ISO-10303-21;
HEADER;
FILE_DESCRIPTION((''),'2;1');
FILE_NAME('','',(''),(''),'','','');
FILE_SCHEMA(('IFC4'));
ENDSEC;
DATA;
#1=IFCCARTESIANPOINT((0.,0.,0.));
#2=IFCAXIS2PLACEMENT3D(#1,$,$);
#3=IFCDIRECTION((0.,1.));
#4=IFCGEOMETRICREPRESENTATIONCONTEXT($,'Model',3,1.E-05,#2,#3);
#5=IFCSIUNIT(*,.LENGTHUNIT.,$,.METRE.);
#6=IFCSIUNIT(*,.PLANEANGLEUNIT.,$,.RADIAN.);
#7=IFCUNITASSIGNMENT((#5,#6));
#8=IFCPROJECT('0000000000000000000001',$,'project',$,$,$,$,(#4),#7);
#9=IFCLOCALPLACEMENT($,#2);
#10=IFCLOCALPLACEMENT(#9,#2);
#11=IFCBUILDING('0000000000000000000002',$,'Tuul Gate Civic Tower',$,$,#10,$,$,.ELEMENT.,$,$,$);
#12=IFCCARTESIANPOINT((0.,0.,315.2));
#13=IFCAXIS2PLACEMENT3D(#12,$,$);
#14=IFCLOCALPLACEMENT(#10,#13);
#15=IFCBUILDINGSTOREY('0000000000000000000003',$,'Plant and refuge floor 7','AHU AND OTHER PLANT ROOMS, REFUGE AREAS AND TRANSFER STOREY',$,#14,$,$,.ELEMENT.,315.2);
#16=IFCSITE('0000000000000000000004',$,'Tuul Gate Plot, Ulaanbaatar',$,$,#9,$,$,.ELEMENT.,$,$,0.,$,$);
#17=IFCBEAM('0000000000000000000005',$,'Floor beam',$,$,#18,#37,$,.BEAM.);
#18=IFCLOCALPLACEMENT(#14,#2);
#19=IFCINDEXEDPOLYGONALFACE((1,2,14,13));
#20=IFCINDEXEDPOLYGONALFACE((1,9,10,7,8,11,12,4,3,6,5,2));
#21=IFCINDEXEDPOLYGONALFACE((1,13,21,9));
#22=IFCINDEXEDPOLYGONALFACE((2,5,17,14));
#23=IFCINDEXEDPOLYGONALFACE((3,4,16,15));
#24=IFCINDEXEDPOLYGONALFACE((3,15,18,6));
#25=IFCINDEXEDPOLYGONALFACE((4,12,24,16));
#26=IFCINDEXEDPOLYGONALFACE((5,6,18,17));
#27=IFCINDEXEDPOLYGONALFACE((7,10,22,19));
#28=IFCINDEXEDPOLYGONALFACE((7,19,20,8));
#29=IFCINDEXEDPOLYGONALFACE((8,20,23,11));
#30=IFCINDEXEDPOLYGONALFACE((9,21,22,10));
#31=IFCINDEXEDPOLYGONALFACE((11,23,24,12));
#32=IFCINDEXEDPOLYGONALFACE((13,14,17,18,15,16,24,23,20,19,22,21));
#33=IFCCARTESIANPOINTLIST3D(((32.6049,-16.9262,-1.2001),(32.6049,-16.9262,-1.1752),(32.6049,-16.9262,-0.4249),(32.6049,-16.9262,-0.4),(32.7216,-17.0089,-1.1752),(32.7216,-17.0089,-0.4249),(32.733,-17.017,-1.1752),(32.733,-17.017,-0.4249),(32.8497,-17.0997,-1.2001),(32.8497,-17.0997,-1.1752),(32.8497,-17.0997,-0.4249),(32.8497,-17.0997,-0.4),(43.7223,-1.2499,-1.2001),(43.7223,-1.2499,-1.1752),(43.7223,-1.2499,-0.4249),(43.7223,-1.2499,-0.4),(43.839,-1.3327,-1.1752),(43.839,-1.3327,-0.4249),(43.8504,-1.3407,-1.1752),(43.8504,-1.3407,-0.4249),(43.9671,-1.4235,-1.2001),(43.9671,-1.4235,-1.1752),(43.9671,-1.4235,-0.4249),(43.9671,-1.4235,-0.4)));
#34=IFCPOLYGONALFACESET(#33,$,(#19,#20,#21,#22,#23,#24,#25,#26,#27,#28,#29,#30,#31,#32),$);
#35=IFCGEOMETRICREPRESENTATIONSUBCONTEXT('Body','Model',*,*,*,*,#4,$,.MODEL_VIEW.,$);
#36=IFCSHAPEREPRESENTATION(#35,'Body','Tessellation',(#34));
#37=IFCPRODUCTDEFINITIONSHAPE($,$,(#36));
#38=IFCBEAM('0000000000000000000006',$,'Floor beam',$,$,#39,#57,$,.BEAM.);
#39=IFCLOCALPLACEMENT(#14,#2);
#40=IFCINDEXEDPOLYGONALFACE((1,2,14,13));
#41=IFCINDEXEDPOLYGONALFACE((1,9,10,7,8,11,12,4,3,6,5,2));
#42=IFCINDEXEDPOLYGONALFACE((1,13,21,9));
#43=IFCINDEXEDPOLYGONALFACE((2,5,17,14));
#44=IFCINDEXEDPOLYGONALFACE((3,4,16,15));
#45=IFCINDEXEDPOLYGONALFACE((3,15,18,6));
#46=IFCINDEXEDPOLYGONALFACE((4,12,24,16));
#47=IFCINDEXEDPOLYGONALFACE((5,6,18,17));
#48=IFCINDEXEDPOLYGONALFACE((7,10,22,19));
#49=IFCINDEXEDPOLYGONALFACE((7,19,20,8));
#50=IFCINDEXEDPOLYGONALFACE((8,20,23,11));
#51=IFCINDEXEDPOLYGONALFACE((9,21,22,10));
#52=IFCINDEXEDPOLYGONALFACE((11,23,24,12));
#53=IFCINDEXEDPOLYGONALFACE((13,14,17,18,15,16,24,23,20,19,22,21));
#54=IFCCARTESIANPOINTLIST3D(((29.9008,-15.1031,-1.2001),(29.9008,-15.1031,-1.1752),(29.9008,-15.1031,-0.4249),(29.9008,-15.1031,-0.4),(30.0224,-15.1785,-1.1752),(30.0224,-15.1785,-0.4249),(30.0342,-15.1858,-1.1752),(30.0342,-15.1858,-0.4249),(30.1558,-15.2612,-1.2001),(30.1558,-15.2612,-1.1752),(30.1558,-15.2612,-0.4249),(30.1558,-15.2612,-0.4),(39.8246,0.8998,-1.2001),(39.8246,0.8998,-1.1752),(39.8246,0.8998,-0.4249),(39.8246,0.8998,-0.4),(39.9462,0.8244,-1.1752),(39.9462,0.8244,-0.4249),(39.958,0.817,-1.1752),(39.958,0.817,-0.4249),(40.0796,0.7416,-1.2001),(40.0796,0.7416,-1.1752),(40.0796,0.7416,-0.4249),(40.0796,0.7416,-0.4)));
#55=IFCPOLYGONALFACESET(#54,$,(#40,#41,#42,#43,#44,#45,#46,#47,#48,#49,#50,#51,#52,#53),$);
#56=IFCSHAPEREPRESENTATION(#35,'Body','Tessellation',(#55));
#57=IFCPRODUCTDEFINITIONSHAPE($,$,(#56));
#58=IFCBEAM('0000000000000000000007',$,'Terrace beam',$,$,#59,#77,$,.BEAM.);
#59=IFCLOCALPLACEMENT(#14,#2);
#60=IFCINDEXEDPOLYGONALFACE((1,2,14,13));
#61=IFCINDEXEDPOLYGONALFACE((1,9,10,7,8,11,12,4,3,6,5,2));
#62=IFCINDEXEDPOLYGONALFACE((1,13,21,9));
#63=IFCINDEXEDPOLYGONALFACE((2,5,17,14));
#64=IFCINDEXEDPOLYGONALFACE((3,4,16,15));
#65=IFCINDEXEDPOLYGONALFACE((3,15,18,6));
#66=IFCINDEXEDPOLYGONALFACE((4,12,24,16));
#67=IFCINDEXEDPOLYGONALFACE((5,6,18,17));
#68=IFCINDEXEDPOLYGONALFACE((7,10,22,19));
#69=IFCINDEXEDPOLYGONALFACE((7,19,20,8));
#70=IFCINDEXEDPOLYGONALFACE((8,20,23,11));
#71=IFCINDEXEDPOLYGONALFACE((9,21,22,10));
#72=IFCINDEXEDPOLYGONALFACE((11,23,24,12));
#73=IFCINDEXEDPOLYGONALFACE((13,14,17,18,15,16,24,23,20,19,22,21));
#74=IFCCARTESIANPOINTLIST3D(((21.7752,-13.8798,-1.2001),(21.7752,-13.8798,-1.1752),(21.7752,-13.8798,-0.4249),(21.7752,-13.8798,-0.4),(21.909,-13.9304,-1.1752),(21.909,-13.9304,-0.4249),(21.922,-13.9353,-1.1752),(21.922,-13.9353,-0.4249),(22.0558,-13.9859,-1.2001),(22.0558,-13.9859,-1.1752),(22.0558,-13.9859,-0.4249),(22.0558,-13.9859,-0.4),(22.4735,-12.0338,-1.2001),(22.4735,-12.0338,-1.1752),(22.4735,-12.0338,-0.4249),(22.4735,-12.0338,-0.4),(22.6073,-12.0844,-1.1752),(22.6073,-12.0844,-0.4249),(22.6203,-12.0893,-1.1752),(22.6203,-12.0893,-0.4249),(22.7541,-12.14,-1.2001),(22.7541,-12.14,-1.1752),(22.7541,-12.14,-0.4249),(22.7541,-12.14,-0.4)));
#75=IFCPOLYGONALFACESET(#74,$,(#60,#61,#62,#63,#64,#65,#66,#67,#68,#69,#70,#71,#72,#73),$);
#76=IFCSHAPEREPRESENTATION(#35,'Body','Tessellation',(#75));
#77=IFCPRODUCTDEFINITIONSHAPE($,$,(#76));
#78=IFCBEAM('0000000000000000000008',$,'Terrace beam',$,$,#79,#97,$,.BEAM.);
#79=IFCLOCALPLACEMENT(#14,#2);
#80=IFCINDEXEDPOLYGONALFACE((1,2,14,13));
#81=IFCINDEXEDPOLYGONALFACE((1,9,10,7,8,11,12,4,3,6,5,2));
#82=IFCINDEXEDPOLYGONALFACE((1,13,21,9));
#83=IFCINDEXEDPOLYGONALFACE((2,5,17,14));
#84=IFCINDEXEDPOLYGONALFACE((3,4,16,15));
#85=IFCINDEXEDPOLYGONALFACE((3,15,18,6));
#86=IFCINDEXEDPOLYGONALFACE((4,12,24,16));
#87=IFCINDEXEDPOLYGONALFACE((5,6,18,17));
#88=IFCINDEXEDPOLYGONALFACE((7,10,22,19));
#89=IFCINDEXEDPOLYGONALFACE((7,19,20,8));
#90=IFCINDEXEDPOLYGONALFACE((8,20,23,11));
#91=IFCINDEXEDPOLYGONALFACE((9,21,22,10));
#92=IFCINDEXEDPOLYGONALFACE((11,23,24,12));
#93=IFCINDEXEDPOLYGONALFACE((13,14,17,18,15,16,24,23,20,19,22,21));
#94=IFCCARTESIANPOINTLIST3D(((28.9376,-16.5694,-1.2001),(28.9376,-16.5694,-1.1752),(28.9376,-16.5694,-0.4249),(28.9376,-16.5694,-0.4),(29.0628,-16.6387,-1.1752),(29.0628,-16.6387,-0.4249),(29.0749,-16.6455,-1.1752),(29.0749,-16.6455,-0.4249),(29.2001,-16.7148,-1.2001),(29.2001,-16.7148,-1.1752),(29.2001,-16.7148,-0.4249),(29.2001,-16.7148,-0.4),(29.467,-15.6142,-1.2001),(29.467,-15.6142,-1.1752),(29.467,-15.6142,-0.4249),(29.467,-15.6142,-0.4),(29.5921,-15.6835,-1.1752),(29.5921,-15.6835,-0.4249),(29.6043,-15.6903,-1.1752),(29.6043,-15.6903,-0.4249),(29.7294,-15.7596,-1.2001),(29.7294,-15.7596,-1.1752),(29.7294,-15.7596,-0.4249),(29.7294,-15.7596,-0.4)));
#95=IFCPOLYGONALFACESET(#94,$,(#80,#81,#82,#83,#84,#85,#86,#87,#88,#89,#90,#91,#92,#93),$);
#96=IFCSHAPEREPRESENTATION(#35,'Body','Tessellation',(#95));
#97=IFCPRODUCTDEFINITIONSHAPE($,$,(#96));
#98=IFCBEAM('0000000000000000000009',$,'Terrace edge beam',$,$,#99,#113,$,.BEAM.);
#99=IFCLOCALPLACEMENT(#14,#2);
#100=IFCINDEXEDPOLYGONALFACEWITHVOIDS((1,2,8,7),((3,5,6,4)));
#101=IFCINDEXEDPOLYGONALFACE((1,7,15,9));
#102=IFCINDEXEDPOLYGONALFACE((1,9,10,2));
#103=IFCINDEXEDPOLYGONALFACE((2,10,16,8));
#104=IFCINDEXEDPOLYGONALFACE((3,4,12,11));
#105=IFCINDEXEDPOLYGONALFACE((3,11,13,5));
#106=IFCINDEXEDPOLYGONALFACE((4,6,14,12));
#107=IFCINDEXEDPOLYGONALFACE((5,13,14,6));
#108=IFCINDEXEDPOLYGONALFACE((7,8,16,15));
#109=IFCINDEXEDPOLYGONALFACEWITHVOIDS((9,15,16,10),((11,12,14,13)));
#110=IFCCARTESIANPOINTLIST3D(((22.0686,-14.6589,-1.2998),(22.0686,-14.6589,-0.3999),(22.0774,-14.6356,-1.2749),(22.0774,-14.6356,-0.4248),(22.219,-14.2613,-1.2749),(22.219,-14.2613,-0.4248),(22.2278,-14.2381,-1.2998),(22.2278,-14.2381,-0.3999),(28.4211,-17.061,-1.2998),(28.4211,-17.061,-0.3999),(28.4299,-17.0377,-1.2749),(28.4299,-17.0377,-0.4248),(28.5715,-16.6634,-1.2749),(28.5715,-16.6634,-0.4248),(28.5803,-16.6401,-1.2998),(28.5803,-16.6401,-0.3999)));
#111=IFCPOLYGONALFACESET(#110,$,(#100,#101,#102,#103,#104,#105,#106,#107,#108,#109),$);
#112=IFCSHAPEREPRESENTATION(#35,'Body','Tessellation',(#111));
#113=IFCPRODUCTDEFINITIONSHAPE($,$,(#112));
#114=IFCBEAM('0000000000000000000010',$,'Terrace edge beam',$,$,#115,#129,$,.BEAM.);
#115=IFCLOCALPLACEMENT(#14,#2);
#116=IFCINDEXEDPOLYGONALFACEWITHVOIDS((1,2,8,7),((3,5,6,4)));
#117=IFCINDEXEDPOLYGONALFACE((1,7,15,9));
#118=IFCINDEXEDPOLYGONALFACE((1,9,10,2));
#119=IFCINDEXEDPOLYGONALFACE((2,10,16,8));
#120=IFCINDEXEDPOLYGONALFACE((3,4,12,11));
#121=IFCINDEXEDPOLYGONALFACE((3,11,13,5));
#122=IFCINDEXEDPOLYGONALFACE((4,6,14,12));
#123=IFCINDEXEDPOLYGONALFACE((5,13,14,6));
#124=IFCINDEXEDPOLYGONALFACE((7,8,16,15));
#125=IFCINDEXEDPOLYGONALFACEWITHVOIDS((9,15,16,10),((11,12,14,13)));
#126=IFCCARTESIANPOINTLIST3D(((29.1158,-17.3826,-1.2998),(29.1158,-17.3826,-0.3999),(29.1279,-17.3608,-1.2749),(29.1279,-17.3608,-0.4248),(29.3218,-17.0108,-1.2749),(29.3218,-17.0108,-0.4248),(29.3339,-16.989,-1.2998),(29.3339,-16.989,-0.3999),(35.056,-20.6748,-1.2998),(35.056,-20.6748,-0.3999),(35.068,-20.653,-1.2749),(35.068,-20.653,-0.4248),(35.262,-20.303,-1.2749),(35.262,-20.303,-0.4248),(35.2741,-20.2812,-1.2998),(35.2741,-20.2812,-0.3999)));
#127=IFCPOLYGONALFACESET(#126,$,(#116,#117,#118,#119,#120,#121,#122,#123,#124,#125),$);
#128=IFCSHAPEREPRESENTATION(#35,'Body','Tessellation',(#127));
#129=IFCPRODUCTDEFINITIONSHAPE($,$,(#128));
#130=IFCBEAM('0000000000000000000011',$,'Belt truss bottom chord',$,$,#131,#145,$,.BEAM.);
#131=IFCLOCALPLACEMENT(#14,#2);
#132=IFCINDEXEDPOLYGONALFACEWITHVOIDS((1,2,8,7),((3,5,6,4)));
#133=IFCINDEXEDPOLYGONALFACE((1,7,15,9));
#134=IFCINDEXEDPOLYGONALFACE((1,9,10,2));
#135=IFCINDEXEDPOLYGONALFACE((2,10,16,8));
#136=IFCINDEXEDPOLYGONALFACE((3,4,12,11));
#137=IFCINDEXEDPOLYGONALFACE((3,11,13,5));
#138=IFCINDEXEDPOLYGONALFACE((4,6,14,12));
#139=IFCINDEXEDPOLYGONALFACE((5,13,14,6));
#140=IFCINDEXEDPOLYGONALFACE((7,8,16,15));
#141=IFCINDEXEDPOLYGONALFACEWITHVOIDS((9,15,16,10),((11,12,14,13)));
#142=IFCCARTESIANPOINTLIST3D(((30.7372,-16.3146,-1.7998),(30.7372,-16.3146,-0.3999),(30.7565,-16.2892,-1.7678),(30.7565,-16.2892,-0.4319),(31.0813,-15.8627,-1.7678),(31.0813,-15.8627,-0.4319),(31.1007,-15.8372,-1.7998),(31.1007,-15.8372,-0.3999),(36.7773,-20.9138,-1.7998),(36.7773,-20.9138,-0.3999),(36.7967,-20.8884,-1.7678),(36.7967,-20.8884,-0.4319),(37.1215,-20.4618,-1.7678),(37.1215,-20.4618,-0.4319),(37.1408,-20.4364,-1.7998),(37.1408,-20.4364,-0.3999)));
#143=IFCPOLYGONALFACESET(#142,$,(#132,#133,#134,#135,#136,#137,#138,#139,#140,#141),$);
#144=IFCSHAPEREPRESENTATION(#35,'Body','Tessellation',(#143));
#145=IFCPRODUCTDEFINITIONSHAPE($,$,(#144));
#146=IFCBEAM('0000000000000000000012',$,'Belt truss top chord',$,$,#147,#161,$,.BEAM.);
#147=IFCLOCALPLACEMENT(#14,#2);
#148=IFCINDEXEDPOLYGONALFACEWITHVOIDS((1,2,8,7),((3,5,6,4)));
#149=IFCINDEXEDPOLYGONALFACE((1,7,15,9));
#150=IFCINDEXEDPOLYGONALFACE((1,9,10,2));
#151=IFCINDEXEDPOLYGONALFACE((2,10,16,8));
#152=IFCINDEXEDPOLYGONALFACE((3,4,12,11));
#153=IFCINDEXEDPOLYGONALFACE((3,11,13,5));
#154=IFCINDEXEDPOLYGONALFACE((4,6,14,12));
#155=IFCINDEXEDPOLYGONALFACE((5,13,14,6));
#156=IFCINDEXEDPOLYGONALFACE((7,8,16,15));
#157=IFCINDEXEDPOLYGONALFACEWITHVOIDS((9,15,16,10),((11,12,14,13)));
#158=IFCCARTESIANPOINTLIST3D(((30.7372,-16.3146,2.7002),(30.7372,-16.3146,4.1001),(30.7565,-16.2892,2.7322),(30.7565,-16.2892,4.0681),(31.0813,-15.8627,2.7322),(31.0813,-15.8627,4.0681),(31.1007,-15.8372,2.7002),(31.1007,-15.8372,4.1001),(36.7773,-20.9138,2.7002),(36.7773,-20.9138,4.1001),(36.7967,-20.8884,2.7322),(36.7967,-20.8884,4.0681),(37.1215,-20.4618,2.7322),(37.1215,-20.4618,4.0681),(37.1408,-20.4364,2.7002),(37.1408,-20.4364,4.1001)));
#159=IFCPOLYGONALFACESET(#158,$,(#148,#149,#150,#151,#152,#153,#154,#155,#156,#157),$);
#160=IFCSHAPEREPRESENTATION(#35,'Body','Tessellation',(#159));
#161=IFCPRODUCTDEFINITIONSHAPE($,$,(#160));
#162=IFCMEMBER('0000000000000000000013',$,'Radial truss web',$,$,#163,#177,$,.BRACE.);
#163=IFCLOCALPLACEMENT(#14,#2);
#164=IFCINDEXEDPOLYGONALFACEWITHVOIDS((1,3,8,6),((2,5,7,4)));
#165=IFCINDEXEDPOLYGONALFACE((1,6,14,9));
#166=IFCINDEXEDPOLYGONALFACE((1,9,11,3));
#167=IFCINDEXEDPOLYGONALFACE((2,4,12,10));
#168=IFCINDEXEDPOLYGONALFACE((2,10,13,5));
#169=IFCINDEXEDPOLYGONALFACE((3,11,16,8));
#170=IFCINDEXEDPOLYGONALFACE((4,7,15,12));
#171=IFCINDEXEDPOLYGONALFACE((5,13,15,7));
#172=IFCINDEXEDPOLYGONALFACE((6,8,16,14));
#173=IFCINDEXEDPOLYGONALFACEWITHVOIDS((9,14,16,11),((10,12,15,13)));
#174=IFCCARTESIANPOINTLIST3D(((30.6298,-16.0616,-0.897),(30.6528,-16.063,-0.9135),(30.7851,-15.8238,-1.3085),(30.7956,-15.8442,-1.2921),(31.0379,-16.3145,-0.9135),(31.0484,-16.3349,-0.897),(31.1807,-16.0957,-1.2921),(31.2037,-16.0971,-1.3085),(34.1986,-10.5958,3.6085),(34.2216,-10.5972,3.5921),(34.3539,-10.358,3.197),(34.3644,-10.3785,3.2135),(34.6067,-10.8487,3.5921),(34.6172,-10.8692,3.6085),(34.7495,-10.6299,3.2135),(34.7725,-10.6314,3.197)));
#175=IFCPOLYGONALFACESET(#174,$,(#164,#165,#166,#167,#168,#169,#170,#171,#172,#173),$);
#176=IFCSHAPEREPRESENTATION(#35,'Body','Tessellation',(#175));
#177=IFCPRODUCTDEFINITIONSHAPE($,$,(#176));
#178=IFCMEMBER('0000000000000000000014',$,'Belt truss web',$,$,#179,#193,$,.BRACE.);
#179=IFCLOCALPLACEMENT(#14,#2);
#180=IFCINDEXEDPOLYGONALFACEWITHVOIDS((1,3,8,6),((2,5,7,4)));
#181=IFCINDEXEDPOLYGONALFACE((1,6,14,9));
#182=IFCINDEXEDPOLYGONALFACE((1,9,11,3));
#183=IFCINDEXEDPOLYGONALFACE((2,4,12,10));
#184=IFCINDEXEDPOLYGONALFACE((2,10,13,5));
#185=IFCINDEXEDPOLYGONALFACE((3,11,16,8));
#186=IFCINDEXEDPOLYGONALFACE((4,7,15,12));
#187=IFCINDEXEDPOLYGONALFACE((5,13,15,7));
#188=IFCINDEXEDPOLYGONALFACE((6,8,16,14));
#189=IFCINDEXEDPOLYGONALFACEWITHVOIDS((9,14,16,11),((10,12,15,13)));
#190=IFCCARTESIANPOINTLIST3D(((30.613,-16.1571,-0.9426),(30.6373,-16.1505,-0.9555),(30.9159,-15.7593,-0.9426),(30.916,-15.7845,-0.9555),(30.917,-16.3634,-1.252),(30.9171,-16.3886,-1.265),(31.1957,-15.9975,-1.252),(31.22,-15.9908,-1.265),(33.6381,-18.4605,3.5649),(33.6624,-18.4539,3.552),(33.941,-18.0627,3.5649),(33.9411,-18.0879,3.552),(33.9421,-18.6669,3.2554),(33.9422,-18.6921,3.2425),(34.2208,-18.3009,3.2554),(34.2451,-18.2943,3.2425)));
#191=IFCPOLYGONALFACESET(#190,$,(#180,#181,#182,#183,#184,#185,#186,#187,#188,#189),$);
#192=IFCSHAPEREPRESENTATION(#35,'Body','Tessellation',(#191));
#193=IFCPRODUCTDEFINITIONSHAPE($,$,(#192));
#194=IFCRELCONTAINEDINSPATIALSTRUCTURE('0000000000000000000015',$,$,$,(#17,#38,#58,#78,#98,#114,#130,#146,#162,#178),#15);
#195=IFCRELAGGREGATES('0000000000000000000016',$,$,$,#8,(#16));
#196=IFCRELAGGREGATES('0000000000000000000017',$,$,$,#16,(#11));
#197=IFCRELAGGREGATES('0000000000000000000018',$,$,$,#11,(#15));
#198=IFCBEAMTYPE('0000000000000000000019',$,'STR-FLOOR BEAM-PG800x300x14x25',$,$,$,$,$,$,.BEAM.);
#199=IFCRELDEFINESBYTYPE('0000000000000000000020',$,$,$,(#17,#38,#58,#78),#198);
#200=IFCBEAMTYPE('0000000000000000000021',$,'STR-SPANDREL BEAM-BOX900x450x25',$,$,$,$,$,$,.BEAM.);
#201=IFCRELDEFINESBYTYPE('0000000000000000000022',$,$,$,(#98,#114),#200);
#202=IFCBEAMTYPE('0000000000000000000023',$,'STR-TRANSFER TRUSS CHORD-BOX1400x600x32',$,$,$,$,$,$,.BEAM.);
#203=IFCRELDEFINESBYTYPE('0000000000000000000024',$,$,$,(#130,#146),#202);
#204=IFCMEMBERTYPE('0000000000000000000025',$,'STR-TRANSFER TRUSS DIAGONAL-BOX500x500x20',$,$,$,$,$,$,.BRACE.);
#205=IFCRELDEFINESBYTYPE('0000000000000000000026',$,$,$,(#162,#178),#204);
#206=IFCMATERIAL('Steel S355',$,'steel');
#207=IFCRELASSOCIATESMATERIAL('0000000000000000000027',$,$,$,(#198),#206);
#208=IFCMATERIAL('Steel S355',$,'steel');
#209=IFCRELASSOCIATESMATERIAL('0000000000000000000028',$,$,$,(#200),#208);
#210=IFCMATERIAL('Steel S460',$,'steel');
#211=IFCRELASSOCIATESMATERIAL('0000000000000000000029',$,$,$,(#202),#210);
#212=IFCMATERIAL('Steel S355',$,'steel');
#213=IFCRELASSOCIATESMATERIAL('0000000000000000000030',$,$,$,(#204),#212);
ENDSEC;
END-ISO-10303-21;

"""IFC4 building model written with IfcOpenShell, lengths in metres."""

from ifc_helpers import new_model, si_unit, direction, frame, origin, origin_2d, place, context, subcontext, project, spatial, hollow_rectangle, i_section, extrude, material, material_profile, profile_set, type_object, element, save


model = new_model("IFC4")

# Units and contexts
model_context = context("Model", 3, precision=1e-05, world=origin(), true_north=direction((0.0, 1.0)))
body_context = subcontext(model_context, "Body", "Model", "MODEL_VIEW")
ifc_project = project(units=[si_unit("LENGTHUNIT", "METRE"), si_unit("PLANEANGLEUNIT", "RADIAN")], contexts=[model_context])

# Site, building, storey
site_placement = place(None, origin())
site = spatial("IfcSite", under=ifc_project, at=site_placement, Name="Tuul Gate Plot, Ulaanbaatar", CompositionType="ELEMENT", RefElevation=0.0)
building_placement = place(site_placement, origin())
building = spatial("IfcBuilding", under=site, at=building_placement, Name="Tuul Gate Civic Tower", CompositionType="ELEMENT")
storey_placement = place(building_placement, frame((0.0, 0.0, 315.2)))
storey = spatial("IfcBuildingStorey", under=building, at=storey_placement, Name="Plant and refuge floor 7", Description="AHU AND OTHER PLANT ROOMS, REFUGE AREAS AND TRANSFER STOREY", CompositionType="ELEMENT", Elevation=315.2)

# Beams
ifc_material_1 = material(Name="Steel S355", Category="steel")
ifc_material_profile_1 = material_profile(ifc_material_1, i_section(OverallWidth=0.3, OverallDepth=0.8, WebThickness=0.0139, FlangeThickness=0.0249, at=origin_2d()), Name="PG800x300x14x25")
ifc_profile_set_1 = profile_set([ifc_material_profile_1], Name="Steel S355")
beam_type_1 = type_object("IfcBeamType", Name="STR-FLOOR BEAM-PG800x300x14x25", PredefinedType="BEAM", material=ifc_profile_set_1)
beam_1_placement = place(storey_placement, frame((32.7273, -17.0129, -0.8), z_axis=(0.578482, 0.815695, 0.0), x_axis=(-0.815695, 0.578482, 0.0)))
element("IfcBeam", 1, at=beam_1_placement, inside=storey, type_object=beam_type_1, Name="Floor beam", PredefinedType="BEAM", context=body_context, shape_type="SweptSolid", body=[
    extrude(i_section(OverallWidth=0.3, OverallDepth=0.8, WebThickness=0.0139, FlangeThickness=0.0249, at=origin_2d()), origin(), (0.0, 0.0, 1.0), 19.2183),
])
beam_2_placement = place(storey_placement, frame((30.0283, -15.1821, -0.8), z_axis=(0.527017, 0.849855, 0.0), x_axis=(-0.849855, 0.527017, 0.0)))
element("IfcBeam", 2, at=beam_2_placement, inside=storey, type_object=beam_type_1, Name="Floor beam", PredefinedType="BEAM", context=body_context, shape_type="SweptSolid", body=[
    extrude(i_section(OverallWidth=0.3, OverallDepth=0.8, WebThickness=0.0139, FlangeThickness=0.0249, at=origin_2d()), origin(), (0.0, 0.0, 1.0), 18.8301),
])
beam_3_placement = place(storey_placement, frame((21.9155, -13.9329, -0.8), z_axis=(0.353793, 0.935324, 0.0), x_axis=(-0.935324, 0.353793, 0.0)))
element("IfcBeam", 3, at=beam_3_placement, inside=storey, type_object=beam_type_1, Name="Terrace beam", PredefinedType="BEAM", context=body_context, shape_type="SweptSolid", body=[
    extrude(i_section(OverallWidth=0.3, OverallDepth=0.8, WebThickness=0.0139, FlangeThickness=0.0249, at=origin_2d()), origin(), (0.0, 0.0, 1.0), 1.9736),
])
beam_4_placement = place(storey_placement, frame((29.0688, -16.6421, -0.8), z_axis=(0.484731, 0.874663, 0.0), x_axis=(-0.874663, 0.484731, 0.0)))
element("IfcBeam", 4, at=beam_4_placement, inside=storey, type_object=beam_type_1, Name="Terrace beam", PredefinedType="BEAM", context=body_context, shape_type="SweptSolid", body=[
    extrude(i_section(OverallWidth=0.3, OverallDepth=0.8, WebThickness=0.0139, FlangeThickness=0.0249, at=origin_2d()), origin(), (0.0, 0.0, 1.0), 1.092),
])
ifc_material_2 = material(Name="Steel S355", Category="steel")
ifc_material_profile_2 = material_profile(ifc_material_2, hollow_rectangle(XDim=0.45, YDim=0.8999, WallThickness=0.0249, at=origin_2d()), Name="BOX900x450x25")
ifc_profile_set_2 = profile_set([ifc_material_profile_2], Name="Steel S355")
beam_type_2 = type_object("IfcBeamType", Name="STR-SPANDREL BEAM-BOX900x450x25", PredefinedType="BEAM", material=ifc_profile_set_2)
for number, where, z_axis, x_axis, name in (
    (5, (22.1482, -14.4485, -0.8499), (0.935362, -0.353691, 0.0), (0.353691, 0.935362, 0.0), "Terrace edge beam"),
    (6, (29.2249, -17.1858, -0.8499), (0.874649, -0.484758, 0.0), (0.484758, 0.874649, 0.0), "Terrace edge beam"),
):
    element("IfcBeam", number, at=place(storey_placement, frame(where, z_axis=z_axis, x_axis=x_axis)), inside=storey, type_object=beam_type_2, Name=name, PredefinedType="BEAM", context=body_context, shape_type="SweptSolid", body=[
        extrude(hollow_rectangle(XDim=0.45, YDim=0.8999, WallThickness=0.0249, at=origin_2d()), origin(), (0.0, 0.0, 1.0), 6.7915),
    ])
ifc_material_3 = material(Name="Steel S460", Category="steel")
ifc_material_profile_3 = material_profile(ifc_material_3, hollow_rectangle(XDim=0.6001, YDim=1.3999, WallThickness=0.032, at=origin_2d()), Name="BOX1400x600x32")
ifc_profile_set_3 = profile_set([ifc_material_profile_3], Name="Steel S460")
beam_type_3 = type_object("IfcBeamType", Name="STR-TRANSFER TRUSS CHORD-BOX1400x600x32", PredefinedType="BEAM", material=ifc_profile_set_3)
for number, where, z_axis, x_axis, name in (
    (7, (30.9189, -16.0759, -1.0999), (0.79561, -0.605809, 0.0), (0.605809, 0.79561, 0.0), "Belt truss bottom chord"),
    (8, (30.9189, -16.0759, 3.4001), (0.79561, -0.605809, 0.0), (0.605809, 0.79561, 0.0), "Belt truss top chord"),
):
    element("IfcBeam", number, at=place(storey_placement, frame(where, z_axis=z_axis, x_axis=x_axis)), inside=storey, type_object=beam_type_3, Name=name, PredefinedType="BEAM", context=body_context, shape_type="SweptSolid", body=[
        extrude(hollow_rectangle(XDim=0.6001, YDim=1.3999, WallThickness=0.032, at=origin_2d()), origin(), (0.0, 0.0, 1.0), 7.5918),
    ])

# Members
ifc_material_4 = material(Name="Steel S355", Category="steel")
ifc_material_profile_4 = material_profile(ifc_material_4, hollow_rectangle(XDim=0.5, YDim=0.5, WallThickness=0.02, at=origin_2d()), Name="BOX500x500x20")
ifc_profile_set_4 = profile_set([ifc_material_profile_4], Name="Steel S355")
member_type_1 = type_object("IfcMemberType", Name="STR-TRANSFER TRUSS DIAGONAL-BOX500x500x20", PredefinedType="BRACE", material=ifc_profile_set_4)
member_1_placement = place(storey_placement, frame((30.9167, -16.0793, -1.1028), z_axis=(0.449945, 0.689108, 0.568049), x_axis=(-0.837317, 0.546717, 0.0)))
element("IfcMember", 9, at=member_1_placement, inside=storey, type_object=member_type_1, Name="Radial truss web", PredefinedType="BRACE", context=body_context, shape_type="SweptSolid", body=[
    extrude(hollow_rectangle(XDim=0.5, YDim=0.5, WallThickness=0.02, at=origin_2d()), origin(), (0.0, 0.0, 1.0), 7.9316),
])
member_2_placement = place(storey_placement, frame((30.9165, -16.074, -1.1038), z_axis=(0.51299, -0.390611, 0.764372), x_axis=(0.605809, 0.79561, 0.0)))
element("IfcMember", 10, at=member_2_placement, inside=storey, type_object=member_type_1, Name="Belt truss web", PredefinedType="BRACE", context=body_context, shape_type="SweptSolid", body=[
    extrude(hollow_rectangle(XDim=0.5, YDim=0.5, WallThickness=0.02, at=origin_2d()), origin(), (0.0, 0.0, 1.0), 5.897),
])

save(model, "model.ifc")
